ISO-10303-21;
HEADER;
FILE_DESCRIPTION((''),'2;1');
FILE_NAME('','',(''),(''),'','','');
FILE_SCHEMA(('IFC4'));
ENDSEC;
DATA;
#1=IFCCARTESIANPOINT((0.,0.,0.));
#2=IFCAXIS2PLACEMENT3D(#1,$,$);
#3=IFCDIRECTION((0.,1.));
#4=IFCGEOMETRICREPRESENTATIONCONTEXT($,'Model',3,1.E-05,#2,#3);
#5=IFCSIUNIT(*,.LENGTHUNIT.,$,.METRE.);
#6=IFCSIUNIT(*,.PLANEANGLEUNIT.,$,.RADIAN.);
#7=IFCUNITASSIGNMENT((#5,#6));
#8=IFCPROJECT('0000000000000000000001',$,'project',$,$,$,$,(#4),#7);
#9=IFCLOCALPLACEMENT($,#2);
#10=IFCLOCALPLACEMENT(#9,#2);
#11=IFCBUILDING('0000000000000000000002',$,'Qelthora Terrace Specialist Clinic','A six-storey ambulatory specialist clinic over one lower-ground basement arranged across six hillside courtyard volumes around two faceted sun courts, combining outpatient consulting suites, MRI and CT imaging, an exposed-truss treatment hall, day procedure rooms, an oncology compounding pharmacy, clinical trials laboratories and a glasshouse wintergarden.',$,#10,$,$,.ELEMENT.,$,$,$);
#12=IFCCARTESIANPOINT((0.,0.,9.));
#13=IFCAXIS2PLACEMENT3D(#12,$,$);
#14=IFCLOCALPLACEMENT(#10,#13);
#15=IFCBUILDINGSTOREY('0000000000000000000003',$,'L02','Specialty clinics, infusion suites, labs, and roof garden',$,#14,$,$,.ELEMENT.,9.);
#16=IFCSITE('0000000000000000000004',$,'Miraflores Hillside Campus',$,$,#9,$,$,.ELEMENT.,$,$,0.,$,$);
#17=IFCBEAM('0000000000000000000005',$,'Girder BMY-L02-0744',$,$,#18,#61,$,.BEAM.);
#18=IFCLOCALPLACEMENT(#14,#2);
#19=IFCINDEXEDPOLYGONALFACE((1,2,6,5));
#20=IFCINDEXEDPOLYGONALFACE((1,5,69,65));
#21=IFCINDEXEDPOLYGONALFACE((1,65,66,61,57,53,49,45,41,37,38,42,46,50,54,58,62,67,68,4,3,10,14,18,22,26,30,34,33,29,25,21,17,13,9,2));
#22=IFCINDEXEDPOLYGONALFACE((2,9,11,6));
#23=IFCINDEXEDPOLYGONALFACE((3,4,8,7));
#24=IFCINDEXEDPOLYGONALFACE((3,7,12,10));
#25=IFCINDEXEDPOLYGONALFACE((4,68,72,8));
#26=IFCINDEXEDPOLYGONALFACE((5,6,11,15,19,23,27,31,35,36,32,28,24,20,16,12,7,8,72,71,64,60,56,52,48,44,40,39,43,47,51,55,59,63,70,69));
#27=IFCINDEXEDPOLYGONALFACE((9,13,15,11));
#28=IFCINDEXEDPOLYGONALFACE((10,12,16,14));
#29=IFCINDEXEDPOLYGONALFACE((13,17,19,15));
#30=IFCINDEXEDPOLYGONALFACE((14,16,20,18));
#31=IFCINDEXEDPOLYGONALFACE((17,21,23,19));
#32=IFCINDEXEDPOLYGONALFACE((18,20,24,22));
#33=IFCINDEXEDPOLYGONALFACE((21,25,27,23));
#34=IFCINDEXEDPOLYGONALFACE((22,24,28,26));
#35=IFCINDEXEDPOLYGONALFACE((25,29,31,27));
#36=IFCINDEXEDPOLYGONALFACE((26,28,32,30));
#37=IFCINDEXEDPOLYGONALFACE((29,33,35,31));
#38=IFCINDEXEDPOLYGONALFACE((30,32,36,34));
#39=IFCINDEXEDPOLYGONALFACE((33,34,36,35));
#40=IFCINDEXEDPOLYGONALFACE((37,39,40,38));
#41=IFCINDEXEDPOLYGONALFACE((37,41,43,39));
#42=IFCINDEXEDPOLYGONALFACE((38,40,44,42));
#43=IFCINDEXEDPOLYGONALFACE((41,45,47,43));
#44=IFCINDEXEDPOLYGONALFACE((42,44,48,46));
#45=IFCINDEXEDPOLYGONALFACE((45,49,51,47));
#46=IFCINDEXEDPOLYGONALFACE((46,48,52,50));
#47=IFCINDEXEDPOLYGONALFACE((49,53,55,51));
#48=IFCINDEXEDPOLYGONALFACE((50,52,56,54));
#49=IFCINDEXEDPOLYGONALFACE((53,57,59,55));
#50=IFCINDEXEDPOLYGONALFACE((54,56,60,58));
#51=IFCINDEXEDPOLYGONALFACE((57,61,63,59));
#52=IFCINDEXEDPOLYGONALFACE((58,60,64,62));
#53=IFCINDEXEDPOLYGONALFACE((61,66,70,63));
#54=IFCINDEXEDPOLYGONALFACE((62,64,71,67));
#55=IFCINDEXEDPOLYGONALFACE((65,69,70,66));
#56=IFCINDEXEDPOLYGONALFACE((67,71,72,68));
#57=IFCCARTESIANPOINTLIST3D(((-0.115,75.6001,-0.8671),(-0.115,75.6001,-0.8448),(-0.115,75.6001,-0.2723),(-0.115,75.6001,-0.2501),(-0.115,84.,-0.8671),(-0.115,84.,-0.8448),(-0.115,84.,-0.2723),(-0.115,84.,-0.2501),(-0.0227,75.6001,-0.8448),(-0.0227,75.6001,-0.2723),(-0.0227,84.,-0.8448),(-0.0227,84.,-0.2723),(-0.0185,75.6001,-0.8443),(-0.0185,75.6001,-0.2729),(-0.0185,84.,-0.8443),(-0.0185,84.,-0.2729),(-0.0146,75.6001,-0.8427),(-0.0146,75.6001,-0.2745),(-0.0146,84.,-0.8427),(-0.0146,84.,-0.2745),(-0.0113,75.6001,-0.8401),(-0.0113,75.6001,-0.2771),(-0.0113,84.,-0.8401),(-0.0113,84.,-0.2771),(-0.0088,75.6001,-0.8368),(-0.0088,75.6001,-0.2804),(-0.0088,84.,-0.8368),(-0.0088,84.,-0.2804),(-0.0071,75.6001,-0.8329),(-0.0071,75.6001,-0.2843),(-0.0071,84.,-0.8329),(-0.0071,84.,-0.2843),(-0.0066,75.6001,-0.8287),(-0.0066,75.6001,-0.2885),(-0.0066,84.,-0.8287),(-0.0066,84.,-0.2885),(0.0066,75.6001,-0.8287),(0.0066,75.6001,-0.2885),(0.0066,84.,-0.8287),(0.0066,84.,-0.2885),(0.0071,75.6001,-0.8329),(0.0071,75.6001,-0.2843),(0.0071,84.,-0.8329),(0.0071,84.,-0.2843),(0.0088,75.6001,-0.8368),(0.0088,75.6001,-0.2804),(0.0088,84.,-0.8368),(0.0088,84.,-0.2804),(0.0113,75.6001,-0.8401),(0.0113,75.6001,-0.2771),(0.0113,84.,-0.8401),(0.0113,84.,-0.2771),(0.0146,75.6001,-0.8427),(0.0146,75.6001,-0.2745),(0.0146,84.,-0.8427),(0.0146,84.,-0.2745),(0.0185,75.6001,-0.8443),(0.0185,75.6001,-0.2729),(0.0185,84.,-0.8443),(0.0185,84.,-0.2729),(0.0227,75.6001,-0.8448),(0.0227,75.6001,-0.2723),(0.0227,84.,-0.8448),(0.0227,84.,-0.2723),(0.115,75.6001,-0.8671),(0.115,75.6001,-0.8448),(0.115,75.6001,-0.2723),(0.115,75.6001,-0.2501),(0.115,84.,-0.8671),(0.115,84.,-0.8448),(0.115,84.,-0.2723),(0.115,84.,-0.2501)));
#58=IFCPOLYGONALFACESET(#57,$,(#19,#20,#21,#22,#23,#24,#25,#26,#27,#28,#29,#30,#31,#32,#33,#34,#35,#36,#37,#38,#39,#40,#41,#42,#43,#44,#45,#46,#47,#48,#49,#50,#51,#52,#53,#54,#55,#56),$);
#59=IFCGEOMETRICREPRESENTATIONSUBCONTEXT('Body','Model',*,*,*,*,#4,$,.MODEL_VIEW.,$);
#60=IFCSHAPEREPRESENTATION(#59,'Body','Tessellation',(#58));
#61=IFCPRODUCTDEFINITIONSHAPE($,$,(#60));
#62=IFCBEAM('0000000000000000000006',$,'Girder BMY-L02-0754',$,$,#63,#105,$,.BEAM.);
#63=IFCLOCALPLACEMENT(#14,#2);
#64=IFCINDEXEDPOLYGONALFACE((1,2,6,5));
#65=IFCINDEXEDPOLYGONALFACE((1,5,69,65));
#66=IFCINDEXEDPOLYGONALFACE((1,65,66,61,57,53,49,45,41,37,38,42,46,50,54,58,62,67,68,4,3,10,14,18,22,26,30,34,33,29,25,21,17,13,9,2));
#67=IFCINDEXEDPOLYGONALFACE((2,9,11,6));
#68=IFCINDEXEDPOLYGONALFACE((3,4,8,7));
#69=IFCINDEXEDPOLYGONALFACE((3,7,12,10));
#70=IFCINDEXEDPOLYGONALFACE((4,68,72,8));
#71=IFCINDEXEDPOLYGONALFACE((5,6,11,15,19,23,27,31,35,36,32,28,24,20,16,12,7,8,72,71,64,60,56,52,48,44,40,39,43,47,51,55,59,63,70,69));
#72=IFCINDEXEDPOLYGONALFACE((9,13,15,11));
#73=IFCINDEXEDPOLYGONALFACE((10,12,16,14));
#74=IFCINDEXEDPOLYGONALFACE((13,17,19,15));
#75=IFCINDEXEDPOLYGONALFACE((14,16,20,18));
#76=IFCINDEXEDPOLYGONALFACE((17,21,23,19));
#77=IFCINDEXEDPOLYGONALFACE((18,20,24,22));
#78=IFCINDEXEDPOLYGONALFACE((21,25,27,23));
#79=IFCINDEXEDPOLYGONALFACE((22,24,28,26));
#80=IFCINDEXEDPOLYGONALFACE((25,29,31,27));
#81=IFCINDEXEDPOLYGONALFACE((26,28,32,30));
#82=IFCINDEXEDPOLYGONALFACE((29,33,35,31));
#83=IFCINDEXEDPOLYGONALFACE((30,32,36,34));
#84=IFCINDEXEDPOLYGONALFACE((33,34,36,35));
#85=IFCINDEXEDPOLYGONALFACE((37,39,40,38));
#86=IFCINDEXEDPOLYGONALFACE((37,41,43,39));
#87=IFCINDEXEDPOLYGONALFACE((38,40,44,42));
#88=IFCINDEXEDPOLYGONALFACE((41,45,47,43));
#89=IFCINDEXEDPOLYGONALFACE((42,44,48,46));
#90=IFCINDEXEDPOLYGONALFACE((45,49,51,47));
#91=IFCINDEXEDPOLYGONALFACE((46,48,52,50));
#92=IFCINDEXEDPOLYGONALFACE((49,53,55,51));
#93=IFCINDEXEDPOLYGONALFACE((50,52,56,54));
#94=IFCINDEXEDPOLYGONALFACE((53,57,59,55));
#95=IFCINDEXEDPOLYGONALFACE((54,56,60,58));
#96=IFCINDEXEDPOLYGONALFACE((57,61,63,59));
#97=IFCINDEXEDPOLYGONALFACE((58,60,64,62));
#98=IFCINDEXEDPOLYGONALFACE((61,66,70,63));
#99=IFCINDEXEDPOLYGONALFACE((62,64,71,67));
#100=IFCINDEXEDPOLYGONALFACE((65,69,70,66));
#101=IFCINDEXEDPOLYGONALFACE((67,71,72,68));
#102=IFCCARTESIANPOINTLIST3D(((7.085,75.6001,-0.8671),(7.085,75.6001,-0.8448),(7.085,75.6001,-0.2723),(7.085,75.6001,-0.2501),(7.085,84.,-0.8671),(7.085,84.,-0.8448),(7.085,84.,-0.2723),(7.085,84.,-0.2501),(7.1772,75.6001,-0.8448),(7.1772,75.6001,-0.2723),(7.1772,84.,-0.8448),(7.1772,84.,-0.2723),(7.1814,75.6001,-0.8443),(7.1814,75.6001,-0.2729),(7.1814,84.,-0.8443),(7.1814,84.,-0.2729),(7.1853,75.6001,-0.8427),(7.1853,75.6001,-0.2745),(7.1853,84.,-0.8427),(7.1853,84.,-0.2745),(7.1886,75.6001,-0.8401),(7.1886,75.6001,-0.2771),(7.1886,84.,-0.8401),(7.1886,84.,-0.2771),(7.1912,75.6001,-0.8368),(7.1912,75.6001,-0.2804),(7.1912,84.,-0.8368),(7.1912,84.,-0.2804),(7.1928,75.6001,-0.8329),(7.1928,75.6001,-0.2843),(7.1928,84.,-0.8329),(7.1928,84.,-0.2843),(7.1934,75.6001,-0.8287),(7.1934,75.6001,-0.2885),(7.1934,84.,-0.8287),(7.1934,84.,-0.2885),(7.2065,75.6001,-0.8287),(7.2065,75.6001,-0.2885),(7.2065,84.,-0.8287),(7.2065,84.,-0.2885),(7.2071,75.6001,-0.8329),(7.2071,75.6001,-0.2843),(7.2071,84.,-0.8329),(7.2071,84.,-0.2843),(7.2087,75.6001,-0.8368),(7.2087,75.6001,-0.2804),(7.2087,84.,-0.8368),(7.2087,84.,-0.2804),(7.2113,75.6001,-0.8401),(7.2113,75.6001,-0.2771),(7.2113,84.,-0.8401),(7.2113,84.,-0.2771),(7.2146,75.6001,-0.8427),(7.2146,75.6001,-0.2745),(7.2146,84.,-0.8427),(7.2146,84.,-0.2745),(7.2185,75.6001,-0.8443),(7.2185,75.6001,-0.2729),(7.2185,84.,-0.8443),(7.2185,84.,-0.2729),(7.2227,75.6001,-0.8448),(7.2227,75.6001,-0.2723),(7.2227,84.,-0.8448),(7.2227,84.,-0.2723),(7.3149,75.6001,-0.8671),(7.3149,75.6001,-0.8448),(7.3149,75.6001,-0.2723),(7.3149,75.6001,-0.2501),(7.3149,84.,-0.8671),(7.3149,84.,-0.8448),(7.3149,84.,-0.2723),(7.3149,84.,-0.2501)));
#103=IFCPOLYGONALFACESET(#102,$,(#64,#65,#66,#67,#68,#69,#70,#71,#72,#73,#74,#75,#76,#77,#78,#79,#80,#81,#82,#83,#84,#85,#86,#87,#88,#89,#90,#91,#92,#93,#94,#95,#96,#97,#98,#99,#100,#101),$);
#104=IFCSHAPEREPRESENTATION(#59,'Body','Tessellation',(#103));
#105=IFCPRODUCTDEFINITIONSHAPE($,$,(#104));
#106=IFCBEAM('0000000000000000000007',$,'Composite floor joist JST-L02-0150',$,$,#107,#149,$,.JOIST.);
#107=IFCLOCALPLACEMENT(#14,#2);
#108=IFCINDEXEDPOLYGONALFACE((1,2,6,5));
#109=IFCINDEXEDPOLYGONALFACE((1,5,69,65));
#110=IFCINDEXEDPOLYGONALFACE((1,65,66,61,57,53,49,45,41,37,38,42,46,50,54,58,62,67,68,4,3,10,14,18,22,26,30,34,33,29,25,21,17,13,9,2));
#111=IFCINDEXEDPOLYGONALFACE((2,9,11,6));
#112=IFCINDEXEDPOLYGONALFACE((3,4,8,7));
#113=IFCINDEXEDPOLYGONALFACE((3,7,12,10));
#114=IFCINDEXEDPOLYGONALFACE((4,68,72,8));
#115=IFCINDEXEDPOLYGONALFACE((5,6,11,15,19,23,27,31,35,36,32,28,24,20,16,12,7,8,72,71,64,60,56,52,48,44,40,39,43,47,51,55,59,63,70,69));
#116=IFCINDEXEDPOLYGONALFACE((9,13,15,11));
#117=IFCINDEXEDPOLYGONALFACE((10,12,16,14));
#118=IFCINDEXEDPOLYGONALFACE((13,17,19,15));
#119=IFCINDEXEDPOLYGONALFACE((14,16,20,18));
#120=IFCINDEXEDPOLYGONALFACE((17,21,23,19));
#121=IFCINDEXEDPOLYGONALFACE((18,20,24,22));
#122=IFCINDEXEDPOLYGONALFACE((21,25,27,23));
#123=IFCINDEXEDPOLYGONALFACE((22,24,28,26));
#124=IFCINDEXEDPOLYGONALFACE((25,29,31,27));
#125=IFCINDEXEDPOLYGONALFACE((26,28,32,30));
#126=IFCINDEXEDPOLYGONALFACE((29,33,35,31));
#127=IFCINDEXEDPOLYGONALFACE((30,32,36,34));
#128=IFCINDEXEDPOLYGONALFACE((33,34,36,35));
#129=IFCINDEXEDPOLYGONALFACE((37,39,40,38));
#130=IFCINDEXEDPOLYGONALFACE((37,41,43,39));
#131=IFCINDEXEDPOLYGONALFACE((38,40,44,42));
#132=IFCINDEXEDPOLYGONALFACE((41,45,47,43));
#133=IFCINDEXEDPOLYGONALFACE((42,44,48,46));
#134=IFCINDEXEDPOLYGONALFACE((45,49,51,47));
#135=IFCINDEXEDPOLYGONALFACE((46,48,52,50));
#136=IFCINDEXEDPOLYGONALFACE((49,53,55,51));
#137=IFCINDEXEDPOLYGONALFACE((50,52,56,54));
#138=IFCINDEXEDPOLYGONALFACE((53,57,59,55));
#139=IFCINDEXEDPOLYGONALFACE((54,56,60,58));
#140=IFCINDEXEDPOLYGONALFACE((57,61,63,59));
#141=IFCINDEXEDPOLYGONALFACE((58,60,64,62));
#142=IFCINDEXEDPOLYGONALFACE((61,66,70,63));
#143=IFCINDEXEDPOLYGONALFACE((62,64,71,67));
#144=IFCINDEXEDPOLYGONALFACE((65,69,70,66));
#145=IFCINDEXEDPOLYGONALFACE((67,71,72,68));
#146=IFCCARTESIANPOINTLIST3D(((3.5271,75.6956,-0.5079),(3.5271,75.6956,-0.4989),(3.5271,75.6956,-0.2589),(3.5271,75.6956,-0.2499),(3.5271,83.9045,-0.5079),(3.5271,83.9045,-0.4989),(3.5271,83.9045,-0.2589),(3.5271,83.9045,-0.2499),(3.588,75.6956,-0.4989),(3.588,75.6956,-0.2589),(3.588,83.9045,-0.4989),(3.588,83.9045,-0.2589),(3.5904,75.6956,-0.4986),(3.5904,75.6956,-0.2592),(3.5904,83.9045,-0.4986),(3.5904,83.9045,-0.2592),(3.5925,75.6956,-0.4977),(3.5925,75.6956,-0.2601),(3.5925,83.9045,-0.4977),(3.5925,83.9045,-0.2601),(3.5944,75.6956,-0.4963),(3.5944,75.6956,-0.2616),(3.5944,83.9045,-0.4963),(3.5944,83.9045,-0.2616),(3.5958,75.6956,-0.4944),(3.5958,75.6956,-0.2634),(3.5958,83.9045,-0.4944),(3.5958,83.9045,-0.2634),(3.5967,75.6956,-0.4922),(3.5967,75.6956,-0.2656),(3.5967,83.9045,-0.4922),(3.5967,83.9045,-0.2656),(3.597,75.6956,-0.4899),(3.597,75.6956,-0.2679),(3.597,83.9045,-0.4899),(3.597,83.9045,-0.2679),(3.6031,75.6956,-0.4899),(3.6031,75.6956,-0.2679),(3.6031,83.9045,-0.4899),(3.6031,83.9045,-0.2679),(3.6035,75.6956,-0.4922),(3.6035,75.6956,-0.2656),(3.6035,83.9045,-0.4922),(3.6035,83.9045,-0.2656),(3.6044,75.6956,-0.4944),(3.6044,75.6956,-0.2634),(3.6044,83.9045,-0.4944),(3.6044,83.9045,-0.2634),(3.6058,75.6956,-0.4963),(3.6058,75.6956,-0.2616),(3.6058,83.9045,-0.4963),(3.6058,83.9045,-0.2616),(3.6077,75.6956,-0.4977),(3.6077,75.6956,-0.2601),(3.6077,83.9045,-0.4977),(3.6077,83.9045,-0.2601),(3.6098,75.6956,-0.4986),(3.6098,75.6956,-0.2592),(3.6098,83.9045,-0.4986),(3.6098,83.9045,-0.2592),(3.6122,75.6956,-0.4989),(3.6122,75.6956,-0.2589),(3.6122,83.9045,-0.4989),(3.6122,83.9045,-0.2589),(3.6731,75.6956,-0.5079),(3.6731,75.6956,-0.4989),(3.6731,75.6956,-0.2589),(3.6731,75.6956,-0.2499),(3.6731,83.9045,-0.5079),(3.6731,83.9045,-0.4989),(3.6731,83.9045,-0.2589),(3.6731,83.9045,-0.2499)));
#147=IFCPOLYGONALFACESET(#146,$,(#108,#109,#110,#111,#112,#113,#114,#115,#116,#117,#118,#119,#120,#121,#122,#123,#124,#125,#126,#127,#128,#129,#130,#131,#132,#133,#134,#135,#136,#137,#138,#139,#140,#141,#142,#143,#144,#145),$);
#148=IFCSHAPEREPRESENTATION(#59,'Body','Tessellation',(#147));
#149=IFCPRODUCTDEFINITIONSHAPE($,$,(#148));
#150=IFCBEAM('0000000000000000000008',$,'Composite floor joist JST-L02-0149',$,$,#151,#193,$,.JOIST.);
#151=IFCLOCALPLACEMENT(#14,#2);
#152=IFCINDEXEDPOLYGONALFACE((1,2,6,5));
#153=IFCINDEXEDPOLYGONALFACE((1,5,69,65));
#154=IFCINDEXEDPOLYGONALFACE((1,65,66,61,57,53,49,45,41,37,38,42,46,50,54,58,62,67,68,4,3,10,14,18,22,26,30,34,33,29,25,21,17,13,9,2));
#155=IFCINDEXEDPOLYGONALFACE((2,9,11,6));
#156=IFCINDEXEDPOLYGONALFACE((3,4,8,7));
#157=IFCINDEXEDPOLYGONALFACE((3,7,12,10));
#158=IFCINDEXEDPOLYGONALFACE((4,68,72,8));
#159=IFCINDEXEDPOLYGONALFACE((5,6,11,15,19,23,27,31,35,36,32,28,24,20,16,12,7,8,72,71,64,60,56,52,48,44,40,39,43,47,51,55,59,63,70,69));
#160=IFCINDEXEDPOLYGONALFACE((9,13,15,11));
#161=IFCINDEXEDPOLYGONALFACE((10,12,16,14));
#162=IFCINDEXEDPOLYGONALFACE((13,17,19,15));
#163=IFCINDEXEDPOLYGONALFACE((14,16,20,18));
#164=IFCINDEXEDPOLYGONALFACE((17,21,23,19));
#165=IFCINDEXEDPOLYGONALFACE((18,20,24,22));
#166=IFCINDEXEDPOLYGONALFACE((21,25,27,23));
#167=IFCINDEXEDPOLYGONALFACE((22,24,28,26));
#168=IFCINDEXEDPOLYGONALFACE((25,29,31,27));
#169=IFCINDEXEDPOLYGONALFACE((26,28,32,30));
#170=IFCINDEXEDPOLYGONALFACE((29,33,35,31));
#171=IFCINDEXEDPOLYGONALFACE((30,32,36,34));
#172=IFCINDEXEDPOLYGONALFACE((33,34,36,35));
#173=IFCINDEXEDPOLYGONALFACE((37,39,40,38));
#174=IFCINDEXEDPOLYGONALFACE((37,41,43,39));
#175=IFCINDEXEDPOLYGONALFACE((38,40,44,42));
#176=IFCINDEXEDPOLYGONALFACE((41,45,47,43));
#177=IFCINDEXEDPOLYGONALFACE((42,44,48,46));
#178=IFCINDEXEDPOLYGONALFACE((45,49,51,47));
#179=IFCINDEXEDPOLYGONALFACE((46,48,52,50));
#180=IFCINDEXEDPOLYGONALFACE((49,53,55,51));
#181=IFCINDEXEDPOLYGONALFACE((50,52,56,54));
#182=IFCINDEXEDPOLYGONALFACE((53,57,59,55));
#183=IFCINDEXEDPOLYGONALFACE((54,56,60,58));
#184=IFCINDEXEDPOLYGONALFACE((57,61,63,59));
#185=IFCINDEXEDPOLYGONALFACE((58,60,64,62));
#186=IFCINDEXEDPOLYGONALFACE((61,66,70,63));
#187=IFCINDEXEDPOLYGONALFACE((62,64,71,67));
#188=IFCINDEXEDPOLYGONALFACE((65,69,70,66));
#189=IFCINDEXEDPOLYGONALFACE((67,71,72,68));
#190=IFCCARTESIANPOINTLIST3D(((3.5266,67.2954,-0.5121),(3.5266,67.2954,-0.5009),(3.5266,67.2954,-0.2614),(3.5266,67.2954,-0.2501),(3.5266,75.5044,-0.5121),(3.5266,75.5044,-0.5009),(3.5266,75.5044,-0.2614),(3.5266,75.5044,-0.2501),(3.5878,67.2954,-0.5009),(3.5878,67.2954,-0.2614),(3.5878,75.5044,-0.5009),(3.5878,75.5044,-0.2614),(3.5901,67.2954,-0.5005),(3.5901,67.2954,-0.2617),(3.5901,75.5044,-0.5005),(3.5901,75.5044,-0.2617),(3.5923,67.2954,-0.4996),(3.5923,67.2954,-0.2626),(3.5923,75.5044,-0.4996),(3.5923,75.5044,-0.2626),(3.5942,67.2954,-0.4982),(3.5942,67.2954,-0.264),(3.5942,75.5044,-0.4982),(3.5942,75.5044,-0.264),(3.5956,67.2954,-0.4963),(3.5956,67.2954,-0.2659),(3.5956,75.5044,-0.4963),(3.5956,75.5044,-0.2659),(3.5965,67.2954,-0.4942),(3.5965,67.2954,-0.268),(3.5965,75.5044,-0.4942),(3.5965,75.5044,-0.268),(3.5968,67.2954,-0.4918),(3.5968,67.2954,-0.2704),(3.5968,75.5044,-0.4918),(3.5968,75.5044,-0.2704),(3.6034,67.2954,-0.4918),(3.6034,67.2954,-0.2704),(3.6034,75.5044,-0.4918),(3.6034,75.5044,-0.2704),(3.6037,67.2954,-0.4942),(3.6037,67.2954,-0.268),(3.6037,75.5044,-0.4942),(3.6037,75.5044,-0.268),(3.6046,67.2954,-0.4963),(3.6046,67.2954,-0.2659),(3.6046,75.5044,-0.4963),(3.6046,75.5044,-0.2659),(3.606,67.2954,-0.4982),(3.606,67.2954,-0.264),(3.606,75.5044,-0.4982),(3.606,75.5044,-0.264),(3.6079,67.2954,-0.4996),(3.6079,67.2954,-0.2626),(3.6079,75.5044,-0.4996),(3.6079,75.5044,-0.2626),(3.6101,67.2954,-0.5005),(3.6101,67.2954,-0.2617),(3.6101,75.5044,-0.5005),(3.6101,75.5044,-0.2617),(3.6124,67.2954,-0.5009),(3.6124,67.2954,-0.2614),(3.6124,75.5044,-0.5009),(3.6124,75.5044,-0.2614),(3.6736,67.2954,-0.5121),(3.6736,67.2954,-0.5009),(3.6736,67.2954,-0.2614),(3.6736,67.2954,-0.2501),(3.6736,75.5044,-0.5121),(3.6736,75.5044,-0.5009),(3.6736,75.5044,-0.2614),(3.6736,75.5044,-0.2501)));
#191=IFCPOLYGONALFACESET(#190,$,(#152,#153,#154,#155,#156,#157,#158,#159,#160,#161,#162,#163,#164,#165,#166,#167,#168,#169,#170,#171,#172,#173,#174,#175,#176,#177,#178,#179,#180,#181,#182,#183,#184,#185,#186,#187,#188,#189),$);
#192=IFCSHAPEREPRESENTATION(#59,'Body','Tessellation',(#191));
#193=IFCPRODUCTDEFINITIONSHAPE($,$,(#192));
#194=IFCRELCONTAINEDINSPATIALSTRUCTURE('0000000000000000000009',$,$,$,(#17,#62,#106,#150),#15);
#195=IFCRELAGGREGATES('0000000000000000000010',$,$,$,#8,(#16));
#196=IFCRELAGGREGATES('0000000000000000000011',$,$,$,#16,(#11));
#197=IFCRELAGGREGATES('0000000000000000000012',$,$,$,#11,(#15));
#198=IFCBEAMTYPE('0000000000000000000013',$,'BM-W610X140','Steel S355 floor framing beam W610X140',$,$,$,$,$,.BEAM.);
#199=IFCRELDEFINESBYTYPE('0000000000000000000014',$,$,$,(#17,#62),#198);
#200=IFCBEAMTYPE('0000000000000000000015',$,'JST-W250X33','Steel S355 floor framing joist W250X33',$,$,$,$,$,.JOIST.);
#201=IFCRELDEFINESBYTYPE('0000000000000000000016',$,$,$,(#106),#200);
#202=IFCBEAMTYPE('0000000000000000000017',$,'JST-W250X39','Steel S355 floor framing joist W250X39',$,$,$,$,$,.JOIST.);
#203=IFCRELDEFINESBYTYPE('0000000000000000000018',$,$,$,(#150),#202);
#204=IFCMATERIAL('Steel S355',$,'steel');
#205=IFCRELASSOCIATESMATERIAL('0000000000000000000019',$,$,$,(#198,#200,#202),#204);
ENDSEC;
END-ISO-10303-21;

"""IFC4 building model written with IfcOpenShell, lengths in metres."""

from ifc_helpers import new_model, si_unit, direction, frame, origin, origin_2d, place, context, subcontext, project, spatial, i_section, extrude, material, material_profile, profile_set, type_object, element, save


model = new_model("IFC4")

# Units and contexts
model_context = context("Model", 3, precision=1e-05, world=origin(), true_north=direction((0.0, 1.0)))
body_context = subcontext(model_context, "Body", "Model", "MODEL_VIEW")
ifc_project = project(units=[si_unit("LENGTHUNIT", "METRE"), si_unit("PLANEANGLEUNIT", "RADIAN")], contexts=[model_context])

# Site, building, storey
site_placement = place(None, origin())
site = spatial("IfcSite", under=ifc_project, at=site_placement, Name="Miraflores Hillside Campus", CompositionType="ELEMENT", RefElevation=0.0)
building_placement = place(site_placement, origin())
building = spatial("IfcBuilding", under=site, at=building_placement, Name="Qelthora Terrace Specialist Clinic", Description="A six-storey ambulatory specialist clinic over one lower-ground basement arranged across six hillside courtyard volumes around two faceted sun courts, combining outpatient consulting suites, MRI and CT imaging, an exposed-truss treatment hall, day procedure rooms, an oncology compounding pharmacy, clinical trials laboratories and a glasshouse wintergarden.", CompositionType="ELEMENT")
storey_placement = place(building_placement, frame((0.0, 0.0, 9.0)))
storey = spatial("IfcBuildingStorey", under=building, at=storey_placement, Name="L02", Description="Specialty clinics, infusion suites, labs, and roof garden", CompositionType="ELEMENT", Elevation=9.0)

# Shared definitions
ifc_material_1 = material(Name="Steel S355", Category="steel")

# Beams
ifc_material_profile_1 = material_profile(ifc_material_1, i_section(OverallWidth=0.23, OverallDepth=0.6169, WebThickness=0.0132, FlangeThickness=0.0222, FilletRadius=0.0161, at=origin_2d()), Name="W610X140")
ifc_profile_set_1 = profile_set([ifc_material_profile_1], Name="Steel S355")
beam_type_1 = type_object("IfcBeamType", Name="BM-W610X140", Description="Steel S355 floor framing beam W610X140", PredefinedType="BEAM", material=ifc_profile_set_1)
for number, where, z_axis, x_axis, name in (
    (1, (0.0, 75.6001, -0.5586), (0.0, 1.0, 0.0), (-1.0, 0.0, 0.0), "Girder BMY-L02-0744"),
    (2, (7.2, 75.6001, -0.5586), (0.0, 1.0, 0.0), (-1.0, 0.0, 0.0), "Girder BMY-L02-0754"),
):
    element("IfcBeam", number, at=place(storey_placement, frame(where, z_axis=z_axis, x_axis=x_axis)), inside=storey, type_object=beam_type_1, Name=name, PredefinedType="BEAM", context=body_context, shape_type="SweptSolid", body=[
        extrude(i_section(OverallWidth=0.23, OverallDepth=0.6169, WebThickness=0.0132, FlangeThickness=0.0222, FilletRadius=0.0161, at=origin_2d()), origin(), (0.0, 0.0, 1.0), 8.3999),
    ])
ifc_material_profile_2 = material_profile(ifc_material_1, i_section(OverallWidth=0.146, OverallDepth=0.2581, WebThickness=0.0061, FlangeThickness=0.009, FilletRadius=0.009, at=origin_2d()), Name="W250X33")
ifc_profile_set_2 = profile_set([ifc_material_profile_2], Name="Steel S355")
beam_type_2 = type_object("IfcBeamType", Name="JST-W250X33", Description="Steel S355 floor framing joist W250X33", PredefinedType="JOIST", material=ifc_profile_set_2)
beam_1_placement = place(storey_placement, frame((3.6001, 75.6956, -0.3789), z_axis=(0.0, 1.0, 0.0), x_axis=(-1.0, 0.0, 0.0)))
element("IfcBeam", 3, at=beam_1_placement, inside=storey, type_object=beam_type_2, Name="Composite floor joist JST-L02-0150", PredefinedType="JOIST", context=body_context, shape_type="SweptSolid", body=[
    extrude(i_section(OverallWidth=0.146, OverallDepth=0.2581, WebThickness=0.0061, FlangeThickness=0.009, FilletRadius=0.009, at=origin_2d()), origin(), (0.0, 0.0, 1.0), 8.209),
])
ifc_material_profile_3 = material_profile(ifc_material_1, i_section(OverallWidth=0.147, OverallDepth=0.262, WebThickness=0.0066, FlangeThickness=0.0112, FilletRadius=0.009, at=origin_2d()), Name="W250X39")
ifc_profile_set_3 = profile_set([ifc_material_profile_3], Name="Steel S355")
beam_type_3 = type_object("IfcBeamType", Name="JST-W250X39", Description="Steel S355 floor framing joist W250X39", PredefinedType="JOIST", material=ifc_profile_set_3)
beam_2_placement = place(storey_placement, frame((3.6001, 67.2954, -0.3811), z_axis=(0.0, 1.0, 0.0), x_axis=(-1.0, 0.0, 0.0)))
element("IfcBeam", 4, at=beam_2_placement, inside=storey, type_object=beam_type_3, Name="Composite floor joist JST-L02-0149", PredefinedType="JOIST", context=body_context, shape_type="SweptSolid", body=[
    extrude(i_section(OverallWidth=0.147, OverallDepth=0.262, WebThickness=0.0066, FlangeThickness=0.0112, FilletRadius=0.009, at=origin_2d()), origin(), (0.0, 0.0, 1.0), 8.209),
])

save(model, "model.ifc")
